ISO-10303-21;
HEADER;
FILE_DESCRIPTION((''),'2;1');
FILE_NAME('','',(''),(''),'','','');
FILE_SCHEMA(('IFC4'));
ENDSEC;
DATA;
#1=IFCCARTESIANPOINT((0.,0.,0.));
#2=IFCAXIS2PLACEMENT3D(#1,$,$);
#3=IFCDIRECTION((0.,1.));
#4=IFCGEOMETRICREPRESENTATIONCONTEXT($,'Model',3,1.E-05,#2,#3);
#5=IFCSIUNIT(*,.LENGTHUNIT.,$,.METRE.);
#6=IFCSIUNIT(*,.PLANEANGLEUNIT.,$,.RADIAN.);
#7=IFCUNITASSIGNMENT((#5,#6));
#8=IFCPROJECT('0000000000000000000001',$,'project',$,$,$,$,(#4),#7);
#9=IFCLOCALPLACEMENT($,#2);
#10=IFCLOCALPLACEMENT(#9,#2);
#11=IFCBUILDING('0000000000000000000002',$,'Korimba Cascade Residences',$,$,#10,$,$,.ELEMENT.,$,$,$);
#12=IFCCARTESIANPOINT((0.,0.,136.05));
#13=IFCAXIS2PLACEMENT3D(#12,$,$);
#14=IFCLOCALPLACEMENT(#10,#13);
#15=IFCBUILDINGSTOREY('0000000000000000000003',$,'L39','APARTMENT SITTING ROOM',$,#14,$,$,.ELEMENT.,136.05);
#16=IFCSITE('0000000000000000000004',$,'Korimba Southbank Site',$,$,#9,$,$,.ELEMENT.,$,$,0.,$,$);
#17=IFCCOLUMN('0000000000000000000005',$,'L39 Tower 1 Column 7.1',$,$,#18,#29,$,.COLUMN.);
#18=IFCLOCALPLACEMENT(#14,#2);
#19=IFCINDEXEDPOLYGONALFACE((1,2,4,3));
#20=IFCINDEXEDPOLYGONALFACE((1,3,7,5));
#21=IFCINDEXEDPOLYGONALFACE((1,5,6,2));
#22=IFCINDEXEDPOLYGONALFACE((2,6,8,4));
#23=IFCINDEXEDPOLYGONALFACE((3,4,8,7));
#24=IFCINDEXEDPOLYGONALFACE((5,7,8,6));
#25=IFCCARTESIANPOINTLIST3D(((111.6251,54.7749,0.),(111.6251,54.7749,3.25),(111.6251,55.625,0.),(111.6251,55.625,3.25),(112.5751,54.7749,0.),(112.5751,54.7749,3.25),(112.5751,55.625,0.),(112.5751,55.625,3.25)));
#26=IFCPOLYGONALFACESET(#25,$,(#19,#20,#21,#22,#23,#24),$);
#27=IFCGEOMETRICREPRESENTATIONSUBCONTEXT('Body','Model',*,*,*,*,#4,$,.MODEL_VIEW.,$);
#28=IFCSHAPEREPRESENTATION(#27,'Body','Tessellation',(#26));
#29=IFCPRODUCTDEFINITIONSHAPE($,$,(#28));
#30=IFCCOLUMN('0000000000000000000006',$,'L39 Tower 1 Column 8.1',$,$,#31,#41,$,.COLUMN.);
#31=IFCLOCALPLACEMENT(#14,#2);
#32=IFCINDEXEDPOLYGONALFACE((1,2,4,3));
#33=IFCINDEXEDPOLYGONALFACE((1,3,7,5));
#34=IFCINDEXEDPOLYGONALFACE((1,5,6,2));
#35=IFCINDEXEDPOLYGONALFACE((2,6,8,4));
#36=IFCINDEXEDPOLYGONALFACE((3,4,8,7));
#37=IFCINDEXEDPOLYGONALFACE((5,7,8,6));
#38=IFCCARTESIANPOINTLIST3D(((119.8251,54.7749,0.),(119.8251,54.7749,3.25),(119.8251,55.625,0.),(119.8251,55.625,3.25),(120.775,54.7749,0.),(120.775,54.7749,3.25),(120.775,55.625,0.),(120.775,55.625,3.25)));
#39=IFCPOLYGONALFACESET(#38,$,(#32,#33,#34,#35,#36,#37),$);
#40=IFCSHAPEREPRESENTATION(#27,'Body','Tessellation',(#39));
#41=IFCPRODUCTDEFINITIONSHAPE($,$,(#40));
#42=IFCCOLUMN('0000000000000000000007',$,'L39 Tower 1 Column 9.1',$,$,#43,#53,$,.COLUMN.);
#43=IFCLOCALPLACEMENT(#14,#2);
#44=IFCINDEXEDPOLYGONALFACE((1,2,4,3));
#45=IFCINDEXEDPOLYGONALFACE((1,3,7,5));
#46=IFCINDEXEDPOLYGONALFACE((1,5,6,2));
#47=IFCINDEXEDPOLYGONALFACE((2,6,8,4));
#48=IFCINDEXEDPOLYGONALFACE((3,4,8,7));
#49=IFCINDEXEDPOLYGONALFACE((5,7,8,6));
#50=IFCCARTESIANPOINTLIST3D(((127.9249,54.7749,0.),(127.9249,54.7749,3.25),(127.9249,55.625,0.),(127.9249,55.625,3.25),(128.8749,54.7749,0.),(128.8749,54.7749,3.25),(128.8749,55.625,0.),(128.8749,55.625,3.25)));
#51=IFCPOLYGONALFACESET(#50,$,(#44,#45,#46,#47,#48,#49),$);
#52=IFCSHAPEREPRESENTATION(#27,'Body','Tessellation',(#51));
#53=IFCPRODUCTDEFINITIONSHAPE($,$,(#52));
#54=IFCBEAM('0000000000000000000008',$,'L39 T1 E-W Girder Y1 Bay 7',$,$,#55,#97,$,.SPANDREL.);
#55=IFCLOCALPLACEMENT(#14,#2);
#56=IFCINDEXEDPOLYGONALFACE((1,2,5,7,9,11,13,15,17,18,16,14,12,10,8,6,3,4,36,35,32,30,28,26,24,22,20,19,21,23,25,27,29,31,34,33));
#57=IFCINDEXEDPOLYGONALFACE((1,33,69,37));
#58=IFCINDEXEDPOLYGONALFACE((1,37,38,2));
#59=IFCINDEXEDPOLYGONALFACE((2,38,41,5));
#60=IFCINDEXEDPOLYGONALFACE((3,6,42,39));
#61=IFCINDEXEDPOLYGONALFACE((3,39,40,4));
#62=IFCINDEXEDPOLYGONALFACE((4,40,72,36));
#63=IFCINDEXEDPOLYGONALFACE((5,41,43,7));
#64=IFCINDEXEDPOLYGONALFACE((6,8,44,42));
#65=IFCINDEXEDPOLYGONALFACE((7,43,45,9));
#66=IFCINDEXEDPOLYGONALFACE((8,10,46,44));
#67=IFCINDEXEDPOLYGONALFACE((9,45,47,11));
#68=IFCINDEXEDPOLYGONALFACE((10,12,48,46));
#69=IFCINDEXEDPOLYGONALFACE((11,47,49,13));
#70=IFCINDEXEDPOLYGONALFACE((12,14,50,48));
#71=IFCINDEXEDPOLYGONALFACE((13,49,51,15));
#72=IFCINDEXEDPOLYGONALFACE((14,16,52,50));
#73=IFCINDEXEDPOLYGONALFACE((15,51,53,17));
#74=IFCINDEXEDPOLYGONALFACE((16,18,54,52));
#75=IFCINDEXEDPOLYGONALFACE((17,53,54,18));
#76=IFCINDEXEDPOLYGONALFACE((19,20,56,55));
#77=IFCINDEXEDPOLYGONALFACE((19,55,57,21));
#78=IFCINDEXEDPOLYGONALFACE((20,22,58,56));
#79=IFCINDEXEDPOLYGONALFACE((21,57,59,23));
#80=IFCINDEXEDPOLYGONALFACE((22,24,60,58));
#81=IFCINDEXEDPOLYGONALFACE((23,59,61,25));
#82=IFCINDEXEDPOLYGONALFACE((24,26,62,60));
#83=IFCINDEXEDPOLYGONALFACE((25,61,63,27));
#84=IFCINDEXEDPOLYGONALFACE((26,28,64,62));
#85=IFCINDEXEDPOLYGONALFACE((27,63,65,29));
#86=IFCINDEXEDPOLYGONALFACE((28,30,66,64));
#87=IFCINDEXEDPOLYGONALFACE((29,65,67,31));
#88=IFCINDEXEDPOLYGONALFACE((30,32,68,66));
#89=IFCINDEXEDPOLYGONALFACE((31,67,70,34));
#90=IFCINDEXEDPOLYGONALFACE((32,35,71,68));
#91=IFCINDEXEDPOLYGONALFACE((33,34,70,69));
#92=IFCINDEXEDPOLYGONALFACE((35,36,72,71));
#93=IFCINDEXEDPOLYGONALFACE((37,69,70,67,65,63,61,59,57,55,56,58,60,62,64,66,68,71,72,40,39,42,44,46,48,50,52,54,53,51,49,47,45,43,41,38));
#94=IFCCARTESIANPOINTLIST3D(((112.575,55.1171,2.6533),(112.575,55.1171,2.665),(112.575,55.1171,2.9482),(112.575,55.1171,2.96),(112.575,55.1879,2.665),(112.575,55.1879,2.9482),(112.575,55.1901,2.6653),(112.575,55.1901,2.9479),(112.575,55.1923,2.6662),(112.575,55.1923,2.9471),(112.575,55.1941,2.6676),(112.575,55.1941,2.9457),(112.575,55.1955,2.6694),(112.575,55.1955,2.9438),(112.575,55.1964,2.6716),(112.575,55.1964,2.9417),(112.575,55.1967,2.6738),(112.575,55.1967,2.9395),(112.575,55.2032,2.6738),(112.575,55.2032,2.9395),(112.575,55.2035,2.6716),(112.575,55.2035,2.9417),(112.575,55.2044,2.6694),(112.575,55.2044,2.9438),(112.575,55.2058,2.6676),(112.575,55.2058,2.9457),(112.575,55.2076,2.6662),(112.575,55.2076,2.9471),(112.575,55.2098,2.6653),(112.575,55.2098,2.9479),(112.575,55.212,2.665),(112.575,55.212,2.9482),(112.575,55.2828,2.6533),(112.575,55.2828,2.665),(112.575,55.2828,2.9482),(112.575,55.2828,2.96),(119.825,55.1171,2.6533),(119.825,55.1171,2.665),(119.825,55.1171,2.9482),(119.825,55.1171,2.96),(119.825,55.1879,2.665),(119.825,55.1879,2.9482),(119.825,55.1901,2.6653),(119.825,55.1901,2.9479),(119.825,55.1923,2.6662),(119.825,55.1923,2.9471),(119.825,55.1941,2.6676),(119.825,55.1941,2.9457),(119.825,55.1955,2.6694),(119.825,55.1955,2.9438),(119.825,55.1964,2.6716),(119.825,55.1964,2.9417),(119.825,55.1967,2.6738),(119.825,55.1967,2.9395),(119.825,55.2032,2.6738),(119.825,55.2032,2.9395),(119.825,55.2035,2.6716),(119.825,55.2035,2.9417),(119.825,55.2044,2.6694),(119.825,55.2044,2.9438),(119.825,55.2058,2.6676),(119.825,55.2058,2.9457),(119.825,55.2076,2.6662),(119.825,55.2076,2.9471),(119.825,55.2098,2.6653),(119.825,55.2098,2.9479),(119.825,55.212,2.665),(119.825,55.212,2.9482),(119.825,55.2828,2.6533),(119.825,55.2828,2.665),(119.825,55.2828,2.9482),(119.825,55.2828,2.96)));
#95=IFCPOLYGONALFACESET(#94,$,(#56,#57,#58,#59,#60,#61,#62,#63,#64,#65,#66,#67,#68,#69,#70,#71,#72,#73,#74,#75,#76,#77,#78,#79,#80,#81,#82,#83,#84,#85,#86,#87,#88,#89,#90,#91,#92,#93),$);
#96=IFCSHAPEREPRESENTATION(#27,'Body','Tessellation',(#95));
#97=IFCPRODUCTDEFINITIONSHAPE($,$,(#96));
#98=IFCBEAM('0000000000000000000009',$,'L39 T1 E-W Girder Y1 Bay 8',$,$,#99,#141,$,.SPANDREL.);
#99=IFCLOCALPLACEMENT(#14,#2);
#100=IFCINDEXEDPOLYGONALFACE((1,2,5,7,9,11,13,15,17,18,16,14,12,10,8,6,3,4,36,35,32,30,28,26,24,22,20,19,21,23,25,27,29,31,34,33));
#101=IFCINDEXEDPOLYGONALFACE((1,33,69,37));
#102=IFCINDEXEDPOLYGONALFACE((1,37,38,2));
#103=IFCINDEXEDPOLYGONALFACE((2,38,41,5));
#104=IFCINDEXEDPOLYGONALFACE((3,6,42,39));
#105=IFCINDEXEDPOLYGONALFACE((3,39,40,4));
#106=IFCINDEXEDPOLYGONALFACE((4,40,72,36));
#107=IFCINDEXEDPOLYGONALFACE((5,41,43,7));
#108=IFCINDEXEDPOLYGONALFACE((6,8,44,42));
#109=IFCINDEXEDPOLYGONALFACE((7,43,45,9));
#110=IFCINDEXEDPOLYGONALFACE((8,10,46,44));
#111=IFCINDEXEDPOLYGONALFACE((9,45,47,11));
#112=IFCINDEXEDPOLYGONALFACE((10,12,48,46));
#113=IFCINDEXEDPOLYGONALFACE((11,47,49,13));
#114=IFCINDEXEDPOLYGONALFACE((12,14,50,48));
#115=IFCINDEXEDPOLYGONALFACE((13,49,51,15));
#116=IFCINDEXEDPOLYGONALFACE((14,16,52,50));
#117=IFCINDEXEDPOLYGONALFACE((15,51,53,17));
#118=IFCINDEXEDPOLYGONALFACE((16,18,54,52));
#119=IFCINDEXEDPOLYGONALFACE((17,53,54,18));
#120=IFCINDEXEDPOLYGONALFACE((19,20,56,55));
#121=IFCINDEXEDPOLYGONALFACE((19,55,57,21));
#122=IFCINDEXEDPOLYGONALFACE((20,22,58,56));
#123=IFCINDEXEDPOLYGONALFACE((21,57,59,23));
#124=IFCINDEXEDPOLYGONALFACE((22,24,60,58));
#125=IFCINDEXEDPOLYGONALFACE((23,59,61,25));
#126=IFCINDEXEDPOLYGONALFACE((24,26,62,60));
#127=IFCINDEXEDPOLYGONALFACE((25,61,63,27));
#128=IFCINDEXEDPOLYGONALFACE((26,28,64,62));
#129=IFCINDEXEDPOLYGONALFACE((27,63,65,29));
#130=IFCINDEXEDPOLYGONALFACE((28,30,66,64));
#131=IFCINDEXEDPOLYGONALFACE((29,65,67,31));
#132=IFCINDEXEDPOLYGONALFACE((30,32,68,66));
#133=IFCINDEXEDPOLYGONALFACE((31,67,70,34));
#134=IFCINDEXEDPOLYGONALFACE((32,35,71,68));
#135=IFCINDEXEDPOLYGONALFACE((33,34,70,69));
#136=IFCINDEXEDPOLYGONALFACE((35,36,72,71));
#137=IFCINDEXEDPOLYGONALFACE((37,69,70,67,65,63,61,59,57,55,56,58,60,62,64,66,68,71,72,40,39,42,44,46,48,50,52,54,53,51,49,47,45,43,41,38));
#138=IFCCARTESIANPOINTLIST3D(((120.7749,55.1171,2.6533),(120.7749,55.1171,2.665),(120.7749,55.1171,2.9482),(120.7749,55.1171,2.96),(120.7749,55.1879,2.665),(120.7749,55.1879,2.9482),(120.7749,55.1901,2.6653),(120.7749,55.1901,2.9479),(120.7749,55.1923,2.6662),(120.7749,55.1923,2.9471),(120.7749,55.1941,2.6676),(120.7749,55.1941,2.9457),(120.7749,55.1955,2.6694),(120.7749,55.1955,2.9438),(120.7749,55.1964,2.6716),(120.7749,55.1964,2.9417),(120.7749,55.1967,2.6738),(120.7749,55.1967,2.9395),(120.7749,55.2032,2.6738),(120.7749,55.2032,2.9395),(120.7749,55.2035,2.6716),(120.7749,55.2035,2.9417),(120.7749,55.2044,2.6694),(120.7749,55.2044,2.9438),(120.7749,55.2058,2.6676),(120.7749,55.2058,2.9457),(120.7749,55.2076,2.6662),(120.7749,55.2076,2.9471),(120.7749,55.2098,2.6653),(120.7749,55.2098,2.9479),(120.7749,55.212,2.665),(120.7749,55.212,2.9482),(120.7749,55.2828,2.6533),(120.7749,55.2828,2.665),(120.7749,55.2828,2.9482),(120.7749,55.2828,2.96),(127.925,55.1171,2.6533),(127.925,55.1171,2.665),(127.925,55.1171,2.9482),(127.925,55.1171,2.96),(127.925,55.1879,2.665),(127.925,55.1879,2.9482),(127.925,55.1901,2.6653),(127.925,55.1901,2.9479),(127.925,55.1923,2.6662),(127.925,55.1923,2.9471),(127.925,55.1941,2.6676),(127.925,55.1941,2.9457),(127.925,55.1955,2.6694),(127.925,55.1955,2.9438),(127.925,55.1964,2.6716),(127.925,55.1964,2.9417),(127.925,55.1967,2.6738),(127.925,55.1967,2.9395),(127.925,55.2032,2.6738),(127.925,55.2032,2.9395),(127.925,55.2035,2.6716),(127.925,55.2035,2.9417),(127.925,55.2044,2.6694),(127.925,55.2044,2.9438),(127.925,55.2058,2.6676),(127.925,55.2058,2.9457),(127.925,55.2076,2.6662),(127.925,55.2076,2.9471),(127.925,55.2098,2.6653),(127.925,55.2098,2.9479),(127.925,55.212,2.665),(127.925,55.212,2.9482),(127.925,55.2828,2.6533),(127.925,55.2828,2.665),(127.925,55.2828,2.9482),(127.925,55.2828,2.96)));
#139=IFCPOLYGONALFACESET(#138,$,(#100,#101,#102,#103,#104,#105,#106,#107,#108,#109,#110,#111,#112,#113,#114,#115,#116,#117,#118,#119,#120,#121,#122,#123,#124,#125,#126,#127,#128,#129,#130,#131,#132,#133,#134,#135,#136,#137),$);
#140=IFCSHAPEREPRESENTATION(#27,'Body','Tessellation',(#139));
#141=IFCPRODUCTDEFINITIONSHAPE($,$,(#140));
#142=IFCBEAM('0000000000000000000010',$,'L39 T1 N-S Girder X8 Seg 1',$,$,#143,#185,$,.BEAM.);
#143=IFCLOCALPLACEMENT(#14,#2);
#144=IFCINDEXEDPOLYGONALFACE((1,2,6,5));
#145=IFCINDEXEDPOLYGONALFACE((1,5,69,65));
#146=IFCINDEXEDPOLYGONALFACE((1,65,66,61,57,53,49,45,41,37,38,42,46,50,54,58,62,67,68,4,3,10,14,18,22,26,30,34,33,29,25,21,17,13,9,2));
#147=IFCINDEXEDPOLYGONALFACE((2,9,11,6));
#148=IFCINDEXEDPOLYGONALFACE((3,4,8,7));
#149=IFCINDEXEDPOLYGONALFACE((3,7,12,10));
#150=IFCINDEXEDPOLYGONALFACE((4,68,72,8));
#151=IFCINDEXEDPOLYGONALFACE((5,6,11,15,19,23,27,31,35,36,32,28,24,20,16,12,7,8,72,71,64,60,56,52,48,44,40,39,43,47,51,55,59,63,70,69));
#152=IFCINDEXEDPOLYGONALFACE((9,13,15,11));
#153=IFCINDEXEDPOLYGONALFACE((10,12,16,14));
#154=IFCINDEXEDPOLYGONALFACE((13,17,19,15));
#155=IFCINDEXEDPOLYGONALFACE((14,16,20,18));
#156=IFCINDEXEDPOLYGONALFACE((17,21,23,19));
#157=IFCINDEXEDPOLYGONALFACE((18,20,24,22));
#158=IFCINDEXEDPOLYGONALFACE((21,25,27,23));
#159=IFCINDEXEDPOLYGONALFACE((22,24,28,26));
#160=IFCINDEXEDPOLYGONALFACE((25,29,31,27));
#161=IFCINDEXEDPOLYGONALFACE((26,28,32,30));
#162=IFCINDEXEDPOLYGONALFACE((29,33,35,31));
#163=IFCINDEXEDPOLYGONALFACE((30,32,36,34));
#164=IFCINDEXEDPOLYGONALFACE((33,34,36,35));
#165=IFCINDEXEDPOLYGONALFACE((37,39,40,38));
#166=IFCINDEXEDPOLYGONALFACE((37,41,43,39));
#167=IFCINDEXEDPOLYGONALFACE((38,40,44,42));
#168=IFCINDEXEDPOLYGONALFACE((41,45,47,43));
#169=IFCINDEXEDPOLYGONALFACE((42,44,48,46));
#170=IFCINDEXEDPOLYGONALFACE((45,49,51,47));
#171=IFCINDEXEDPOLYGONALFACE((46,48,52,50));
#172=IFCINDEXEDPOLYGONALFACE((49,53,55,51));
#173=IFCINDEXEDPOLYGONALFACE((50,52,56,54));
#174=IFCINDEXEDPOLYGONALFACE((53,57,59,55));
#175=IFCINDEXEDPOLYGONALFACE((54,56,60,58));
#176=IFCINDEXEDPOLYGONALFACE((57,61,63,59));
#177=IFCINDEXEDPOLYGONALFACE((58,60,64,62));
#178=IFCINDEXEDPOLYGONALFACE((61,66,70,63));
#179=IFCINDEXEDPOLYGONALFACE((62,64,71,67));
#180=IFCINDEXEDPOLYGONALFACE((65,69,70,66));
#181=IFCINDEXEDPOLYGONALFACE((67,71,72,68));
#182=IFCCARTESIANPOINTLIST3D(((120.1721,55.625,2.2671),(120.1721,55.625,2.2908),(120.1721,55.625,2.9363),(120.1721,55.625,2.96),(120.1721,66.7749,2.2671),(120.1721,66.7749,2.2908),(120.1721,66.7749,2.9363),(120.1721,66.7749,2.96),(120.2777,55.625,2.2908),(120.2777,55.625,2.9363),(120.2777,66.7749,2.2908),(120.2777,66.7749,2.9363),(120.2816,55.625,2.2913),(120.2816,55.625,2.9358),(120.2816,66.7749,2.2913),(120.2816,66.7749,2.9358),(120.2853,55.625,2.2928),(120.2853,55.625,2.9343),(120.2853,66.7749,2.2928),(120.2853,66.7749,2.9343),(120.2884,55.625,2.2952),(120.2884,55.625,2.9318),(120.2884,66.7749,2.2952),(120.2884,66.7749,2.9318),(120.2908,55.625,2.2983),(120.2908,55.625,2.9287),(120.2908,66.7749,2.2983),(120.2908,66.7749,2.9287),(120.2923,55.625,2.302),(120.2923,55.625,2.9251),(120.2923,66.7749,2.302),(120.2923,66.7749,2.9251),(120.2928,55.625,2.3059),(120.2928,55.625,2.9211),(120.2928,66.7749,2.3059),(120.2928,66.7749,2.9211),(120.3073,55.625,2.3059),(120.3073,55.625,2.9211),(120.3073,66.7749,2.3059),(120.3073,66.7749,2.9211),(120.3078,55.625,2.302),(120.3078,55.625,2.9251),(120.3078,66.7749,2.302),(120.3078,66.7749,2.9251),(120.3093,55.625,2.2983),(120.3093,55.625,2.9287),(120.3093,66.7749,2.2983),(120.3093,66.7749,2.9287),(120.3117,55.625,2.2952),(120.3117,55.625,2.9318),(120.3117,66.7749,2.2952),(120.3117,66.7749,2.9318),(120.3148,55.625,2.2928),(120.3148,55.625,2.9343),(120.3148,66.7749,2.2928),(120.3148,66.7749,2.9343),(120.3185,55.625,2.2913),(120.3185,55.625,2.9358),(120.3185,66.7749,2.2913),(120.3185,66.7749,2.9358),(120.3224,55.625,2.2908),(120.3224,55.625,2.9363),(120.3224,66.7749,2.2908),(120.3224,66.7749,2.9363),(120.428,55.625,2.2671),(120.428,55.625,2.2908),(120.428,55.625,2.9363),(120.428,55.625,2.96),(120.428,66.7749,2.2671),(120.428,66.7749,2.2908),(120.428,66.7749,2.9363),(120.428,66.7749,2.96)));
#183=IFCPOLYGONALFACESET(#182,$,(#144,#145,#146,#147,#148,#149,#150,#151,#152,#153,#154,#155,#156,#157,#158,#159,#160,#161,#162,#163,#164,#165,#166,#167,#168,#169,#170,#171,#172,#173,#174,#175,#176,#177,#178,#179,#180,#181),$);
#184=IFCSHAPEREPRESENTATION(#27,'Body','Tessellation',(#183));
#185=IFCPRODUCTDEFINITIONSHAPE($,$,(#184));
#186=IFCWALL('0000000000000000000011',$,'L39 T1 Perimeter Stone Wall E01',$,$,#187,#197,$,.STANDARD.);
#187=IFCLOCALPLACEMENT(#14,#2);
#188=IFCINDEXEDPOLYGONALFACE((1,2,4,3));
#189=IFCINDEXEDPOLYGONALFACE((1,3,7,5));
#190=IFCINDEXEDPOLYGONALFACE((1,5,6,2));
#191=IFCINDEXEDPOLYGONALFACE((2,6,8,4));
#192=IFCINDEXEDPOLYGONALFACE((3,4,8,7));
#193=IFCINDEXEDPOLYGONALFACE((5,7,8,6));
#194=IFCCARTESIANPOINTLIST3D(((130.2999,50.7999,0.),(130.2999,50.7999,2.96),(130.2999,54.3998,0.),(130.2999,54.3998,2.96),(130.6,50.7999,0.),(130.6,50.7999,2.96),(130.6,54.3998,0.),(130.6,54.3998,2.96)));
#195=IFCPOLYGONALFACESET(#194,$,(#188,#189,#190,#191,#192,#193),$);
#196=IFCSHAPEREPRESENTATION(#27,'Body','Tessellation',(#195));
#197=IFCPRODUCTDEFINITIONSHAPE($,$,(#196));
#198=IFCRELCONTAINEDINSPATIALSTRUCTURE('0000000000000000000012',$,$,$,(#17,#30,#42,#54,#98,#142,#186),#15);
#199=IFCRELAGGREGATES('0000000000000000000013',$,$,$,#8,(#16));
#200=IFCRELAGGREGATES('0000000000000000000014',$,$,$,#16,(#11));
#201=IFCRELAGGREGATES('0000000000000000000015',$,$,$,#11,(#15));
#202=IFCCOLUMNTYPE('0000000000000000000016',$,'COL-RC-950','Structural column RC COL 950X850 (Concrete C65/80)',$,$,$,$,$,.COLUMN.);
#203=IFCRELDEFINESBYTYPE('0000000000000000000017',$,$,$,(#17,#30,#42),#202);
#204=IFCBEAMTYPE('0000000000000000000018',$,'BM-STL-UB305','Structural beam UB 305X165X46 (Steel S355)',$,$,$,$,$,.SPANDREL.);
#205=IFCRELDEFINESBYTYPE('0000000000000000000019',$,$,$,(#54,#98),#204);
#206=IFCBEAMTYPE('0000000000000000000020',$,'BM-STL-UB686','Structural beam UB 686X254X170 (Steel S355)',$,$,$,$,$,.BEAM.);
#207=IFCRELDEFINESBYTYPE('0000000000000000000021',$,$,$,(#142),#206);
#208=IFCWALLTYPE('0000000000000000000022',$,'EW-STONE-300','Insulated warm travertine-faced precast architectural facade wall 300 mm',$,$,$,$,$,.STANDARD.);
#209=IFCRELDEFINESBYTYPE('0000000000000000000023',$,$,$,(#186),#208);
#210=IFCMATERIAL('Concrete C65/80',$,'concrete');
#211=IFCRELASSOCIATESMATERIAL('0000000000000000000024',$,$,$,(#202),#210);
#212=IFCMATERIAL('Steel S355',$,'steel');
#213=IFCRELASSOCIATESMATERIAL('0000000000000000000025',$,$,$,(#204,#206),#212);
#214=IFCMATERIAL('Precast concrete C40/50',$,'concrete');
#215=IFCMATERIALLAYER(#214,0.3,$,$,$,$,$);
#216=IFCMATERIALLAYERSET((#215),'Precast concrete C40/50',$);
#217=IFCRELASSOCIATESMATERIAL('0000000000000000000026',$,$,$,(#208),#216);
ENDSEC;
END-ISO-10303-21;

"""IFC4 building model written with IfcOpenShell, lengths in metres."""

from ifc_helpers import new_model, si_unit, direction, frame, frame_2d, origin, origin_2d, place, context, subcontext, project, spatial, rectangle, i_section, extrude, material, layer, layer_set, material_profile, profile_set, type_object, element, save


model = new_model("IFC4")

# Units and contexts
model_context = context("Model", 3, precision=1e-05, world=origin(), true_north=direction((0.0, 1.0)))
body_context = subcontext(model_context, "Body", "Model", "MODEL_VIEW")
ifc_project = project(units=[si_unit("LENGTHUNIT", "METRE"), si_unit("PLANEANGLEUNIT", "RADIAN")], contexts=[model_context])

# Site, building, storey
site_placement = place(None, origin())
site = spatial("IfcSite", under=ifc_project, at=site_placement, Name="Korimba Southbank Site", CompositionType="ELEMENT", RefElevation=0.0)
building_placement = place(site_placement, origin())
building = spatial("IfcBuilding", under=site, at=building_placement, Name="Korimba Cascade Residences", CompositionType="ELEMENT")
storey_placement = place(building_placement, frame((0.0, 0.0, 136.05)))
storey = spatial("IfcBuildingStorey", under=building, at=storey_placement, Name="L39", Description="APARTMENT SITTING ROOM", CompositionType="ELEMENT", Elevation=136.05)

# Columns
ifc_material_1 = material(Name="Concrete C65/80", Category="concrete")
ifc_material_profile_1 = material_profile(ifc_material_1, rectangle(XDim=0.95, YDim=0.8501, at=origin_2d()), Name="Concrete C65/80")
ifc_profile_set_1 = profile_set([ifc_material_profile_1], Name="Concrete C65/80")
column_type = type_object("IfcColumnType", Name="COL-RC-950", Description="Structural column RC COL 950X850 (Concrete C65/80)", PredefinedType="COLUMN", material=ifc_profile_set_1)
for number, where, z_axis, x_axis, name in (
    (1, (112.1001, 55.2, 0.0), (0.0, 0.0, 1.0), (1.0, 0.0, 0.0), "L39 Tower 1 Column 7.1"),
    (2, (120.3, 55.2, 0.0), (0.0, 0.0, 1.0), (1.0, 0.0, 0.0), "L39 Tower 1 Column 8.1"),
    (3, (128.3999, 55.2, 0.0), (0.0, 0.0, 1.0), (1.0, 0.0, 0.0), "L39 Tower 1 Column 9.1"),
):
    element("IfcColumn", number, at=place(storey_placement, frame(where, z_axis=z_axis, x_axis=x_axis)), inside=storey, type_object=column_type, Name=name, PredefinedType="COLUMN", context=body_context, shape_type="SweptSolid", body=[
        extrude(rectangle(XDim=0.95, YDim=0.8501, at=origin_2d()), origin(), (0.0, 0.0, 1.0), 3.25),
    ])

# Beams
ifc_material_2 = material(Name="Steel S355", Category="steel")
ifc_material_profile_2 = material_profile(ifc_material_2, i_section(OverallWidth=0.1658, OverallDepth=0.3066, WebThickness=0.0066, FlangeThickness=0.0117, FilletRadius=0.0088, at=origin_2d()), Name="Steel S355")
ifc_profile_set_2 = profile_set([ifc_material_profile_2], Name="Steel S355")
beam_type_1 = type_object("IfcBeamType", Name="BM-STL-UB305", Description="Structural beam UB 305X165X46 (Steel S355)", PredefinedType="SPANDREL", material=ifc_profile_set_2)
beam_1_placement = place(storey_placement, frame((112.575, 55.2, 2.8066), z_axis=(1.0, 0.0, 0.0), x_axis=(0.0, 1.0, 0.0)))
element("IfcBeam", 4, at=beam_1_placement, inside=storey, type_object=beam_type_1, Name="L39 T1 E-W Girder Y1 Bay 7", PredefinedType="SPANDREL", context=body_context, shape_type="SweptSolid", body=[
    extrude(i_section(OverallWidth=0.1658, OverallDepth=0.3066, WebThickness=0.0066, FlangeThickness=0.0117, FilletRadius=0.0088, at=origin_2d()), origin(), (0.0, 0.0, 1.0), 7.25),
])
beam_2_placement = place(storey_placement, frame((120.7749, 55.2, 2.8066), z_axis=(1.0, 0.0, 0.0), x_axis=(0.0, 1.0, 0.0)))
element("IfcBeam", 5, at=beam_2_placement, inside=storey, type_object=beam_type_1, Name="L39 T1 E-W Girder Y1 Bay 8", PredefinedType="SPANDREL", context=body_context, shape_type="SweptSolid", body=[
    extrude(i_section(OverallWidth=0.1658, OverallDepth=0.3066, WebThickness=0.0066, FlangeThickness=0.0117, FilletRadius=0.0088, at=origin_2d()), origin(), (0.0, 0.0, 1.0), 7.1501),
])
ifc_material_profile_3 = material_profile(ifc_material_2, i_section(OverallWidth=0.2559, OverallDepth=0.6929, WebThickness=0.0144, FlangeThickness=0.0237, FilletRadius=0.0151, at=origin_2d()), Name="Steel S355")
ifc_profile_set_3 = profile_set([ifc_material_profile_3], Name="Steel S355")
beam_type_2 = type_object("IfcBeamType", Name="BM-STL-UB686", Description="Structural beam UB 686X254X170 (Steel S355)", PredefinedType="BEAM", material=ifc_profile_set_3)
beam_3_placement = place(storey_placement, frame((120.3, 55.625, 2.6135), z_axis=(0.0, 1.0, 0.0), x_axis=(-1.0, 0.0, 0.0)))
element("IfcBeam", 6, at=beam_3_placement, inside=storey, type_object=beam_type_2, Name="L39 T1 N-S Girder X8 Seg 1", PredefinedType="BEAM", context=body_context, shape_type="SweptSolid", body=[
    extrude(i_section(OverallWidth=0.2559, OverallDepth=0.6929, WebThickness=0.0144, FlangeThickness=0.0237, FilletRadius=0.0151, at=origin_2d()), origin(), (0.0, 0.0, 1.0), 11.1499),
])

# Wall
ifc_material_3 = material(Name="Precast concrete C40/50", Category="concrete")
ifc_layer_1 = layer(ifc_material_3, 0.3)
ifc_layer_set_1 = layer_set([ifc_layer_1], Name="Precast concrete C40/50")
wall_type_1 = type_object("IfcWallType", Name="EW-STONE-300", Description="Insulated warm travertine-faced precast architectural facade wall 300 mm", PredefinedType="STANDARD", material=ifc_layer_set_1)
for number, where, z_axis, x_axis, name in (
    (7, (130.45, 50.8, 0.0), (0.0, 0.0, 1.0), (0.0, 1.0, 0.0), "L39 T1 Perimeter Stone Wall E01"),
):
    element("IfcWall", number, at=place(storey_placement, frame(where, z_axis=z_axis, x_axis=x_axis)), inside=storey, type_object=wall_type_1, Name=name, PredefinedType="STANDARD", context=body_context, shape_type="SweptSolid", body=[
        extrude(rectangle(XDim=3.5999, YDim=0.3, at=frame_2d((1.7998, 0.0))), origin(), (0.0, 0.0, 1.0), 2.96),
    ])

save(model, "model.ifc")
